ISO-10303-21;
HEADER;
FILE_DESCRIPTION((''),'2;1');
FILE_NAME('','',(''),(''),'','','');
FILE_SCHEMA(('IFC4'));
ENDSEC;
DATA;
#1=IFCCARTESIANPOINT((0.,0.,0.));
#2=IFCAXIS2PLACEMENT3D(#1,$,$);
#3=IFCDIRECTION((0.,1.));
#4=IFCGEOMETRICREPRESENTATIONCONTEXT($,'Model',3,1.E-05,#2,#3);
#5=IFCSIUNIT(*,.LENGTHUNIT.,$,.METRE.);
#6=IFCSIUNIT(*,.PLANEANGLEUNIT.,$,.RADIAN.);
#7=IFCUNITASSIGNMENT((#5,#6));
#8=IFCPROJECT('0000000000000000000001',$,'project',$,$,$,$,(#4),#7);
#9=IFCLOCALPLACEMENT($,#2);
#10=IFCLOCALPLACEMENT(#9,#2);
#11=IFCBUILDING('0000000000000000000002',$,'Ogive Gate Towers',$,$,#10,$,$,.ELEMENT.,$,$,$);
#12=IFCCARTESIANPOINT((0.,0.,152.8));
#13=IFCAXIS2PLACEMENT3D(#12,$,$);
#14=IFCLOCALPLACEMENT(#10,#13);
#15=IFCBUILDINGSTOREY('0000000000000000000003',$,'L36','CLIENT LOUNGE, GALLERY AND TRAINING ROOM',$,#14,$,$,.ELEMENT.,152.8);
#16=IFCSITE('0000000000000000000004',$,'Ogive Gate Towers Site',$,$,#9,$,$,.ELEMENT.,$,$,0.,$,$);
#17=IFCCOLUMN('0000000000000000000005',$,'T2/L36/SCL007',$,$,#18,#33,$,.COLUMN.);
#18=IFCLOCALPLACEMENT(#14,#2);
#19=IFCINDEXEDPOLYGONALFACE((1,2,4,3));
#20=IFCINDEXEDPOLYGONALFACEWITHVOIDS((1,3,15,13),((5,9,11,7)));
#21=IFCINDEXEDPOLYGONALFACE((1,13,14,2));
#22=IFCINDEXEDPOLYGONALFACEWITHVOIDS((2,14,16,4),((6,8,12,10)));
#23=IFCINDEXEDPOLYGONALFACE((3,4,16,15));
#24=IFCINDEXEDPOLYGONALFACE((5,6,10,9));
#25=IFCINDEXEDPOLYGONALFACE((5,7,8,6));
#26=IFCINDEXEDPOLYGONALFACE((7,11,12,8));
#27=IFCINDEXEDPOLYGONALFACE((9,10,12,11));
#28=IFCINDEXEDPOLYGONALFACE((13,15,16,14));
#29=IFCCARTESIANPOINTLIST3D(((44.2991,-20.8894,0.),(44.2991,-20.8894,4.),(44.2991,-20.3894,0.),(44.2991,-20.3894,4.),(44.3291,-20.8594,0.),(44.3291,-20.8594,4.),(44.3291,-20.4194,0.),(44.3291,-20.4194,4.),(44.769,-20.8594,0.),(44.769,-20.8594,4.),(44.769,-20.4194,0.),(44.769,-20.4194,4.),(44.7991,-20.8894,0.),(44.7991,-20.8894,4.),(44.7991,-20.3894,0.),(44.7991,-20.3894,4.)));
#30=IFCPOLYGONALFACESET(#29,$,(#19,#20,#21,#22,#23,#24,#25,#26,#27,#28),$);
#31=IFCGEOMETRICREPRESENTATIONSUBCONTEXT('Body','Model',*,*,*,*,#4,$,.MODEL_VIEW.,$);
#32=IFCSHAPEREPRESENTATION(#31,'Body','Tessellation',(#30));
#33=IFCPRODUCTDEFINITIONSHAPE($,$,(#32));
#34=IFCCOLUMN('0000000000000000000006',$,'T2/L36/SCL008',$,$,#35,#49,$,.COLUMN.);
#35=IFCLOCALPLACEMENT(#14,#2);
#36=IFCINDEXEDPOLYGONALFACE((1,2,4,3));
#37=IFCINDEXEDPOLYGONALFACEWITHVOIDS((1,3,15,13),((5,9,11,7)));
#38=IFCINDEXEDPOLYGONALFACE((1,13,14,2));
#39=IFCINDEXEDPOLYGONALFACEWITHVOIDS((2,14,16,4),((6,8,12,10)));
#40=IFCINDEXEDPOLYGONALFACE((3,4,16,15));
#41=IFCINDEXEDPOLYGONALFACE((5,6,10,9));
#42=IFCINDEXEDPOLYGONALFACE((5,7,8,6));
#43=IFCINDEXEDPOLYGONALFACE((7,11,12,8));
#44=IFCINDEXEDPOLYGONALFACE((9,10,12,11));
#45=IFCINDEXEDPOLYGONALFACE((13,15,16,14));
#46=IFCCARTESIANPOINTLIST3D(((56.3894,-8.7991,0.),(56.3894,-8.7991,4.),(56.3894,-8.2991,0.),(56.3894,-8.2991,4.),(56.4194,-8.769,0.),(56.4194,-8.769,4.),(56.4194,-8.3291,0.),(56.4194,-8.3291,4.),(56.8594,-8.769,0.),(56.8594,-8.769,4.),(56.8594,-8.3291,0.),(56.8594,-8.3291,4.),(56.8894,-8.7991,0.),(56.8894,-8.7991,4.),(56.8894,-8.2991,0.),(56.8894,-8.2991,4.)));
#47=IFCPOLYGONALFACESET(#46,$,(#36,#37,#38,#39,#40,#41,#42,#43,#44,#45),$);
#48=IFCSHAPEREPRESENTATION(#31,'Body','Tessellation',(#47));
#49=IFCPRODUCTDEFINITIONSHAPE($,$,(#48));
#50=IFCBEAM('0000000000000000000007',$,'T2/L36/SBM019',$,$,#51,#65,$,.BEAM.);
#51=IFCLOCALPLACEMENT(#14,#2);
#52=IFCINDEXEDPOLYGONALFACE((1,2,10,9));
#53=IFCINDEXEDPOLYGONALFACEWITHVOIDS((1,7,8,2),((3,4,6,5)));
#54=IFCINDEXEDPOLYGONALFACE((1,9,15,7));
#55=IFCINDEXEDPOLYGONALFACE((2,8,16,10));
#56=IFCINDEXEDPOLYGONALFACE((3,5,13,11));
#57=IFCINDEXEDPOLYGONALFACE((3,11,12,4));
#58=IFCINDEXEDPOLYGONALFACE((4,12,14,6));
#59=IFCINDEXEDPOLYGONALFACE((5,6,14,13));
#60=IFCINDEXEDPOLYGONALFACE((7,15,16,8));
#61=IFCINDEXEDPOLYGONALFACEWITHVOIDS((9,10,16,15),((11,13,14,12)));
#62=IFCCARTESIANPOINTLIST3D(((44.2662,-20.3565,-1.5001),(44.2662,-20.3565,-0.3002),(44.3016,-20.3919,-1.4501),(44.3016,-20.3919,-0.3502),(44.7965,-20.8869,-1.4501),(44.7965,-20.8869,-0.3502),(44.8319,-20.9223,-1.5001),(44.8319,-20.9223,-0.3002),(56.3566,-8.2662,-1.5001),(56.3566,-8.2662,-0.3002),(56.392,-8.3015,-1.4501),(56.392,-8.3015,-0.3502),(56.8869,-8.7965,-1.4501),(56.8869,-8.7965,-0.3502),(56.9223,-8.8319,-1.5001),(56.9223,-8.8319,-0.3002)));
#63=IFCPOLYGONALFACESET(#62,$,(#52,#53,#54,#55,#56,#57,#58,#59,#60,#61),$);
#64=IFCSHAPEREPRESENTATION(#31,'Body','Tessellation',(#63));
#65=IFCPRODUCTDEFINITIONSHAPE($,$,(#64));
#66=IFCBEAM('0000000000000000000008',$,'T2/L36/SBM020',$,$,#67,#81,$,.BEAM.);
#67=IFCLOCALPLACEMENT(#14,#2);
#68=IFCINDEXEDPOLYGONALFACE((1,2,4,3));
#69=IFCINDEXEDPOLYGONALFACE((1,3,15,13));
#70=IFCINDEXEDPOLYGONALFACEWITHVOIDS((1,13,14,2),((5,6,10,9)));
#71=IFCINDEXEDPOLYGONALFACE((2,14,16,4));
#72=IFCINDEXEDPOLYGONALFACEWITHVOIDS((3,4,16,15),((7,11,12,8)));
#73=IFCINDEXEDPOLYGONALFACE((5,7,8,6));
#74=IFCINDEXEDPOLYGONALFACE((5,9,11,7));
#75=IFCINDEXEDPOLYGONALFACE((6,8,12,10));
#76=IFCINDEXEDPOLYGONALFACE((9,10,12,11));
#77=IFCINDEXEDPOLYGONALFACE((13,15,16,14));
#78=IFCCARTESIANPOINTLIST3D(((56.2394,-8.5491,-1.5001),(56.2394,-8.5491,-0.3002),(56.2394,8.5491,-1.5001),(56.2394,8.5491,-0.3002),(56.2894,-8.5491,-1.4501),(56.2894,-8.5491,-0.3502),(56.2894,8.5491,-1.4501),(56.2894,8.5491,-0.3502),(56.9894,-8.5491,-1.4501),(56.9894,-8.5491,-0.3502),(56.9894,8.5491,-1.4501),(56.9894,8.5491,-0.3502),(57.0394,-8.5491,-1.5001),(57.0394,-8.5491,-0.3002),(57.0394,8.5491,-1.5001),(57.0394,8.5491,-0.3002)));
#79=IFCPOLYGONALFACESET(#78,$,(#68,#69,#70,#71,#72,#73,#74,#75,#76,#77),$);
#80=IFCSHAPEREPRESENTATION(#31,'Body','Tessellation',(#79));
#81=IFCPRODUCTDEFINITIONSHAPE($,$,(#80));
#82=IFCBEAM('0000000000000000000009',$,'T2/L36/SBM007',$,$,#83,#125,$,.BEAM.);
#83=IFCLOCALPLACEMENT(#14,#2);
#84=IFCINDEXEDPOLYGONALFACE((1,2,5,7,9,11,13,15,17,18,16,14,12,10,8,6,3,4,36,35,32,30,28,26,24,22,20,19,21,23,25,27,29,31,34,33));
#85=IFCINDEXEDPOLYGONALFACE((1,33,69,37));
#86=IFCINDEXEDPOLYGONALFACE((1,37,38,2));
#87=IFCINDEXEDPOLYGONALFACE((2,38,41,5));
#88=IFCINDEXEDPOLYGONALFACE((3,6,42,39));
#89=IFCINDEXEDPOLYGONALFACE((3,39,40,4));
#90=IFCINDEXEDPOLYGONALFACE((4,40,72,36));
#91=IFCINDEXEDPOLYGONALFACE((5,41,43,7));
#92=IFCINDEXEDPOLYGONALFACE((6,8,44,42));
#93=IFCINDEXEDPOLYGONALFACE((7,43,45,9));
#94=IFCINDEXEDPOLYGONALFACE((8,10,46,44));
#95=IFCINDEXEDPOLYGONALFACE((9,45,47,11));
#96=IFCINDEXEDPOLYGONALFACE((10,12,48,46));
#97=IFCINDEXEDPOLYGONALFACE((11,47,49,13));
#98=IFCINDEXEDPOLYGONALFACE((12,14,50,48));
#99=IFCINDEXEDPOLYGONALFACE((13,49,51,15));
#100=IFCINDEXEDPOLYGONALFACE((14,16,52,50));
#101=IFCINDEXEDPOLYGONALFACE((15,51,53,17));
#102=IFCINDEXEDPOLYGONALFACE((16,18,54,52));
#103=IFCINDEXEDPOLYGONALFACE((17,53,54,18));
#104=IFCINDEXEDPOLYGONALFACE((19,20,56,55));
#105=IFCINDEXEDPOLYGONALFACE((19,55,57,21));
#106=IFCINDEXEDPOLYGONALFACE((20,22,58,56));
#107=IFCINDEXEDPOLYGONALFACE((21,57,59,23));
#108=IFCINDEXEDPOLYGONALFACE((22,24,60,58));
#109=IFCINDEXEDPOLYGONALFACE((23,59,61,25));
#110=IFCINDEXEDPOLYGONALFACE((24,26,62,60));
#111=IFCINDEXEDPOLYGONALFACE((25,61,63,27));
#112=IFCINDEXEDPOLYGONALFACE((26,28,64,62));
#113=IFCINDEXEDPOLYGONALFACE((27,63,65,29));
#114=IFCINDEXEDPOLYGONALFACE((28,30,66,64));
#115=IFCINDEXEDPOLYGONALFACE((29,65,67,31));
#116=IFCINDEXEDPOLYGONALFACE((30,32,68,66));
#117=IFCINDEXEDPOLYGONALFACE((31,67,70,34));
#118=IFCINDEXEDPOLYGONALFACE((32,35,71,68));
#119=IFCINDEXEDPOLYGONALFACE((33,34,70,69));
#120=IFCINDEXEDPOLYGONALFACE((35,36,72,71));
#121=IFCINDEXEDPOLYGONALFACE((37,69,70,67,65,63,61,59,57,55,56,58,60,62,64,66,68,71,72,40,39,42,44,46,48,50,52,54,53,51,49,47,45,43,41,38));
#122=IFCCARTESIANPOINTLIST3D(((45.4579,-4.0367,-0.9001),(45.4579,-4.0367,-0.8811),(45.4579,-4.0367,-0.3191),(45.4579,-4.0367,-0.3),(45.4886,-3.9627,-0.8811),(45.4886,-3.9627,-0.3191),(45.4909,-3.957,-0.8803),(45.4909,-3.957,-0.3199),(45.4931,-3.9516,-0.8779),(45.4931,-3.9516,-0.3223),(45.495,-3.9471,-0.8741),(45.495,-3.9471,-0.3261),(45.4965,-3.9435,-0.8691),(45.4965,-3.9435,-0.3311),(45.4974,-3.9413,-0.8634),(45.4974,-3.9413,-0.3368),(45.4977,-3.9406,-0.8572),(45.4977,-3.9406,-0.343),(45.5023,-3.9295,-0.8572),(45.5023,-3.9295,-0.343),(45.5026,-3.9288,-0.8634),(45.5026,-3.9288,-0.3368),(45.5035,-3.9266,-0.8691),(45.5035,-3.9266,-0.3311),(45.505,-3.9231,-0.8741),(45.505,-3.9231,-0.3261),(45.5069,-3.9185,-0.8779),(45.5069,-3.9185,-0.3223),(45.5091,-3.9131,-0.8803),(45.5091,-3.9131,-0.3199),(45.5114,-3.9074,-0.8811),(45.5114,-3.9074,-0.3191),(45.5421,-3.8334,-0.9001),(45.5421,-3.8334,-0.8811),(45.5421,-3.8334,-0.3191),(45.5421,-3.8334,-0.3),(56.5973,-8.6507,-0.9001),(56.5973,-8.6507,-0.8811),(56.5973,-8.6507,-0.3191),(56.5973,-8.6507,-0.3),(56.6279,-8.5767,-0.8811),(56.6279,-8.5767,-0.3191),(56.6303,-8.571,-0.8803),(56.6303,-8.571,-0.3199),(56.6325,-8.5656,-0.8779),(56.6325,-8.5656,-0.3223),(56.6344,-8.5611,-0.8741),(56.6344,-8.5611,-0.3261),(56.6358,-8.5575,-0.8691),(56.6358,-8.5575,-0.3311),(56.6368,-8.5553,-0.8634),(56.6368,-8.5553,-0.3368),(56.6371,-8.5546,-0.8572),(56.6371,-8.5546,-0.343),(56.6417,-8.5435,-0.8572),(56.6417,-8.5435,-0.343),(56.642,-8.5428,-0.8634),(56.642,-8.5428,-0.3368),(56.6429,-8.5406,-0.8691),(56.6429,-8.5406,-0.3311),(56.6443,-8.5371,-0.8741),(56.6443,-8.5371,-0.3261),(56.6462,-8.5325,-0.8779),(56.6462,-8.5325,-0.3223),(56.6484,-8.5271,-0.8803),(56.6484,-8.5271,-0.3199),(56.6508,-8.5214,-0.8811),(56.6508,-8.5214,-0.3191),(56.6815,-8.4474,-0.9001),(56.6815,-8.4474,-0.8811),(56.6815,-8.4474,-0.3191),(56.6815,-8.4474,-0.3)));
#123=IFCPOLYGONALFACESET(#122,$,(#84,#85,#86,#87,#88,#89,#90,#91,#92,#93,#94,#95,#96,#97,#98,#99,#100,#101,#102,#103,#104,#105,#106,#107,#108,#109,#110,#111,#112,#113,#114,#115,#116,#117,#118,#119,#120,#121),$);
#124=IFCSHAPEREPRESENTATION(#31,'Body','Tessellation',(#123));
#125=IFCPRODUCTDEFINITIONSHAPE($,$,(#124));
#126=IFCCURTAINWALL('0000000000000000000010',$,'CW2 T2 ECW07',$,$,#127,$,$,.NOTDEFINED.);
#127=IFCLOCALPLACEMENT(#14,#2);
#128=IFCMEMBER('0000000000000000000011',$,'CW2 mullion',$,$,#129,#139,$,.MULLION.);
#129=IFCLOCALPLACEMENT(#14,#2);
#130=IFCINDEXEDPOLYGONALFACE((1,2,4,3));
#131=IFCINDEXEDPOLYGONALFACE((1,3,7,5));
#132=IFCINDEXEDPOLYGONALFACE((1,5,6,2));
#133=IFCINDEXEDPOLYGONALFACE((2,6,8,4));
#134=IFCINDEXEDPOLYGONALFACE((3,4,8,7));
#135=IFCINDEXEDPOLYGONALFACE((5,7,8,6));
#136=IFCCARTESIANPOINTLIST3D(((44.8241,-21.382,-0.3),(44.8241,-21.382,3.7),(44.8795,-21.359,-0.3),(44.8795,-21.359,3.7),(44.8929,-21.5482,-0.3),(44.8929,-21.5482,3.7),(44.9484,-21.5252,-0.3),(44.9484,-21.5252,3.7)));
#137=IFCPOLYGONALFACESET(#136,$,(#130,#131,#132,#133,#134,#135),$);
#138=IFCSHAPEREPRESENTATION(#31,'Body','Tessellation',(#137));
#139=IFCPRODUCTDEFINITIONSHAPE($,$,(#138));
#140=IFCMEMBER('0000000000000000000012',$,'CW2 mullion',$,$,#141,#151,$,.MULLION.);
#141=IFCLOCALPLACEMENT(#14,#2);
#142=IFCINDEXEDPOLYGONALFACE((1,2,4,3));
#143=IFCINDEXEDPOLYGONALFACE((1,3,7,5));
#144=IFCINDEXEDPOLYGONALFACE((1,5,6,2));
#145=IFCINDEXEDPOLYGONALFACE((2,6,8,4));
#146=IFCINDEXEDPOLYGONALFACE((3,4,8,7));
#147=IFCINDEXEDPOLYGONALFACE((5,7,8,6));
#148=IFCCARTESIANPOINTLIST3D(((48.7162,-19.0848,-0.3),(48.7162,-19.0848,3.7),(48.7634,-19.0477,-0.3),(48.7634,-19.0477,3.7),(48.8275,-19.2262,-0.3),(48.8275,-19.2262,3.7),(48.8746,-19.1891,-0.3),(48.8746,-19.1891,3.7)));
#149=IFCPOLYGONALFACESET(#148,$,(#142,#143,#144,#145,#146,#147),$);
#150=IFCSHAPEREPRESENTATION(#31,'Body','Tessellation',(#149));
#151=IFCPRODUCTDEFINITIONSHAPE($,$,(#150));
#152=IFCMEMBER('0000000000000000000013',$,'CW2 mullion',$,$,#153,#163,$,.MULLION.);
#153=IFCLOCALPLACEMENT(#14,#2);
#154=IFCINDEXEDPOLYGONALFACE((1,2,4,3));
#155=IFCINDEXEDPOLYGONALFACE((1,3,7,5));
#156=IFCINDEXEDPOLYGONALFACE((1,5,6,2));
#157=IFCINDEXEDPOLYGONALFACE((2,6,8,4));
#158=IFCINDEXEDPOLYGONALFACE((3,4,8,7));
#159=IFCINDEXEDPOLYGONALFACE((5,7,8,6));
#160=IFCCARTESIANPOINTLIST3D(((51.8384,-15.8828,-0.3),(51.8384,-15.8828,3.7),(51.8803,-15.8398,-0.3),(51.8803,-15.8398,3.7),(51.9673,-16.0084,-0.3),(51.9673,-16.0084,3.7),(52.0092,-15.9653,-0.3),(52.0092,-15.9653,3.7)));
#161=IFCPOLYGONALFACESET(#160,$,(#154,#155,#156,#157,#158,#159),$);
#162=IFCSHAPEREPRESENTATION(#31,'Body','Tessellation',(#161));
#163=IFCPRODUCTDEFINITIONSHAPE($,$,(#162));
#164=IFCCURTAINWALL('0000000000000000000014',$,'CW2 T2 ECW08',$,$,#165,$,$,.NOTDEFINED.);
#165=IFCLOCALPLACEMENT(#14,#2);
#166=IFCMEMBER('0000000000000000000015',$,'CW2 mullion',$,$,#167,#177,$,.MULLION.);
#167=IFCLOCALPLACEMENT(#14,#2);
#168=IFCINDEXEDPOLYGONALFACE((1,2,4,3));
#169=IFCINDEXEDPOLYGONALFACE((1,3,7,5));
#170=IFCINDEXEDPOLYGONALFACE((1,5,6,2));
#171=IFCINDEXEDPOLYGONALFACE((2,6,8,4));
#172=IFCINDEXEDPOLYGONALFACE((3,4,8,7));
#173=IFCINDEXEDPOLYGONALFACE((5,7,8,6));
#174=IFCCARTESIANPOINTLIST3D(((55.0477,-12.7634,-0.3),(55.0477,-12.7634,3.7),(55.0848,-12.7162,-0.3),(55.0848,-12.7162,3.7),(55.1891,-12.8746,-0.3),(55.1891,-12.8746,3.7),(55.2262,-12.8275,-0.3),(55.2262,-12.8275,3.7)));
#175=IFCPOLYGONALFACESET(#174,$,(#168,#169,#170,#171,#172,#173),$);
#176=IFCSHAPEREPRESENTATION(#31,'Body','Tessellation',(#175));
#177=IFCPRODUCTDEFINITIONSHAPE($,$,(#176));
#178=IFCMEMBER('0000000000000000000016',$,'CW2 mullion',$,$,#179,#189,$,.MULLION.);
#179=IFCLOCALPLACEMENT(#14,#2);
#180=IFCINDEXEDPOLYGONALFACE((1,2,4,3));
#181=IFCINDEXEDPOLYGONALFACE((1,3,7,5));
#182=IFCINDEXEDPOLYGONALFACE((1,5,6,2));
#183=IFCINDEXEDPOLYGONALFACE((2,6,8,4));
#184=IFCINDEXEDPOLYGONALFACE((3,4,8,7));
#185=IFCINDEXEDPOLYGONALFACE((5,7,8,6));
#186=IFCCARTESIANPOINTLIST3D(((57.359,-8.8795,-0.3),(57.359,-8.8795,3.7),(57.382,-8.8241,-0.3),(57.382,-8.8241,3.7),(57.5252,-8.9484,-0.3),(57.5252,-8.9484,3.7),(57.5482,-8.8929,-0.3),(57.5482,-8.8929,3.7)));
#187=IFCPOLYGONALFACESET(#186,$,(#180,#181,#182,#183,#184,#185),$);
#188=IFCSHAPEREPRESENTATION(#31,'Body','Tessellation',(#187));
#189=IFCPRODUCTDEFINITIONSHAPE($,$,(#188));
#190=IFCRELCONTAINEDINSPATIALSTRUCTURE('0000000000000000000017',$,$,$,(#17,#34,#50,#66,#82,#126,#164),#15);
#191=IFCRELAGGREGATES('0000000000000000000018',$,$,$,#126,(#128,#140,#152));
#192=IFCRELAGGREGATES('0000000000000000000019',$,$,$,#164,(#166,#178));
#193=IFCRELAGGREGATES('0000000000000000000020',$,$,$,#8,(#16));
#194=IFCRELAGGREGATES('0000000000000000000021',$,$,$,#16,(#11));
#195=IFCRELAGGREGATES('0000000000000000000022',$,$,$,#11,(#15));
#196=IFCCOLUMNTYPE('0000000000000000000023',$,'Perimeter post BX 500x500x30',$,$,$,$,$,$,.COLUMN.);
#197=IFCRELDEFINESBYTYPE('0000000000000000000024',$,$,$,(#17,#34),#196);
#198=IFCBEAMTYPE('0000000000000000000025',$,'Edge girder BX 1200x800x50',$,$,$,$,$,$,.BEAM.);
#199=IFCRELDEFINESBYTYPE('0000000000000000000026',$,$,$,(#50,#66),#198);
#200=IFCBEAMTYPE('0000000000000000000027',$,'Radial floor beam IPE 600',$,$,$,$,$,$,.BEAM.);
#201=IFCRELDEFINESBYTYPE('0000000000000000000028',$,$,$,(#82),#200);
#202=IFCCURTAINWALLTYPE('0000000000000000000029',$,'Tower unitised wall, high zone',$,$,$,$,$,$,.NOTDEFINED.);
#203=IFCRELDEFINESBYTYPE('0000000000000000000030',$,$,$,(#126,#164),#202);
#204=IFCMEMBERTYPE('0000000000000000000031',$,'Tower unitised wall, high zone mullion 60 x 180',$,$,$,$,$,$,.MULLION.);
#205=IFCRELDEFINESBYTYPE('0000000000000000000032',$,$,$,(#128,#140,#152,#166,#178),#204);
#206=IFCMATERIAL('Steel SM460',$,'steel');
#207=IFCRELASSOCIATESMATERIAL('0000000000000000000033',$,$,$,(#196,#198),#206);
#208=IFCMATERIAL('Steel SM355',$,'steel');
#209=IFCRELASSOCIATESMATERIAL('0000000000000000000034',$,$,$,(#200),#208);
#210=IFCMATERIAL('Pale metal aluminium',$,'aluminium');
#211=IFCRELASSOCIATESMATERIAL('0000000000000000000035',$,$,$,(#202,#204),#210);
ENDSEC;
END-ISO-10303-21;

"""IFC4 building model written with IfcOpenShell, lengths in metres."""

from ifc_helpers import new_model, si_unit, direction, frame, origin, origin_2d, place, context, subcontext, project, spatial, rectangle, hollow_rectangle, i_section, extrude, material, material_profile, profile_set, type_object, element, aggregate, save


model = new_model("IFC4")

# Units and contexts
model_context = context("Model", 3, precision=1e-05, world=origin(), true_north=direction((0.0, 1.0)))
body_context = subcontext(model_context, "Body", "Model", "MODEL_VIEW")
ifc_project = project(units=[si_unit("LENGTHUNIT", "METRE"), si_unit("PLANEANGLEUNIT", "RADIAN")], contexts=[model_context])

# Site, building, storey
site_placement = place(None, origin())
site = spatial("IfcSite", under=ifc_project, at=site_placement, Name="Ogive Gate Towers Site", CompositionType="ELEMENT", RefElevation=0.0)
building_placement = place(site_placement, origin())
building = spatial("IfcBuilding", under=site, at=building_placement, Name="Ogive Gate Towers", CompositionType="ELEMENT")
storey_placement = place(building_placement, frame((0.0, 0.0, 152.8)))
storey = spatial("IfcBuildingStorey", under=building, at=storey_placement, Name="L36", Description="CLIENT LOUNGE, GALLERY AND TRAINING ROOM", CompositionType="ELEMENT", Elevation=152.8)

# Columns
ifc_material_1 = material(Name="Steel SM460", Category="steel")
ifc_material_profile_1 = material_profile(ifc_material_1, hollow_rectangle(XDim=0.5, YDim=0.5, WallThickness=0.03, at=origin_2d()), Name="BX 500x500x30")
ifc_profile_set_1 = profile_set([ifc_material_profile_1], Name="Steel SM460")
column_type = type_object("IfcColumnType", Name="Perimeter post BX 500x500x30", PredefinedType="COLUMN", material=ifc_profile_set_1)
for number, where, z_axis, x_axis, name in (
    (1, (44.5491, -20.6394, 0.0), (0.0, 0.0, 1.0), (1.0, 0.0, 0.0), "T2/L36/SCL007"),
    (2, (56.6394, -8.5491, 0.0), (0.0, 0.0, 1.0), (1.0, 0.0, 0.0), "T2/L36/SCL008"),
):
    element("IfcColumn", number, at=place(storey_placement, frame(where, z_axis=z_axis, x_axis=x_axis)), inside=storey, type_object=column_type, Name=name, PredefinedType="COLUMN", context=body_context, shape_type="SweptSolid", body=[
        extrude(hollow_rectangle(XDim=0.5, YDim=0.5, WallThickness=0.03, at=origin_2d()), origin(), (0.0, 0.0, 1.0), 4.0),
    ])

# Beams
ifc_material_profile_2 = material_profile(ifc_material_1, hollow_rectangle(XDim=0.8, YDim=1.2, WallThickness=0.05, at=origin_2d()), Name="BX 1200x800x50")
ifc_profile_set_2 = profile_set([ifc_material_profile_2], Name="Steel SM460")
beam_type_1 = type_object("IfcBeamType", Name="Edge girder BX 1200x800x50", PredefinedType="BEAM", material=ifc_profile_set_2)
beam_1_placement = place(storey_placement, frame((44.5491, -20.6394, -0.9001), z_axis=(0.707107, 0.707107, 0.0), x_axis=(-0.707107, 0.707107, 0.0)))
element("IfcBeam", 3, at=beam_1_placement, inside=storey, type_object=beam_type_1, Name="T2/L36/SBM019", PredefinedType="BEAM", context=body_context, shape_type="SweptSolid", body=[
    extrude(hollow_rectangle(XDim=0.8, YDim=1.2, WallThickness=0.05, at=origin_2d()), origin(), (0.0, 0.0, 1.0), 17.0984),
])
beam_2_placement = place(storey_placement, frame((56.6394, -8.5491, -0.9001), z_axis=(0.0, 1.0, 0.0), x_axis=(-1.0, 0.0, 0.0)))
element("IfcBeam", 4, at=beam_2_placement, inside=storey, type_object=beam_type_1, Name="T2/L36/SBM020", PredefinedType="BEAM", context=body_context, shape_type="SweptSolid", body=[
    extrude(hollow_rectangle(XDim=0.8, YDim=1.2, WallThickness=0.05, at=origin_2d()), origin(), (0.0, 0.0, 1.0), 17.0981),
])
ifc_material_2 = material(Name="Steel SM355", Category="steel")
ifc_material_profile_3 = material_profile(ifc_material_2, i_section(OverallWidth=0.22, OverallDepth=0.6001, WebThickness=0.012, FlangeThickness=0.019, FilletRadius=0.0239, at=origin_2d()), Name="IPE 600")
ifc_profile_set_3 = profile_set([ifc_material_profile_3], Name="Steel SM355")
beam_type_2 = type_object("IfcBeamType", Name="Radial floor beam IPE 600", PredefinedType="BEAM", material=ifc_profile_set_3)
beam_3_placement = place(storey_placement, frame((45.5, -3.9351, -0.6001), z_axis=(0.923882, -0.382678, 0.0), x_axis=(0.382678, 0.923882, 0.0)))
element("IfcBeam", 5, at=beam_3_placement, inside=storey, type_object=beam_type_2, Name="T2/L36/SBM007", PredefinedType="BEAM", context=body_context, shape_type="SweptSolid", body=[
    extrude(i_section(OverallWidth=0.22, OverallDepth=0.6001, WebThickness=0.012, FlangeThickness=0.019, FilletRadius=0.0239, at=origin_2d()), origin(), (0.0, 0.0, 1.0), 12.0571),
])

# Curtain walls, members
ifc_material_3 = material(Name="Pale metal aluminium", Category="aluminium")
curtain_wall_type = type_object("IfcCurtainWallType", Name="Tower unitised wall, high zone", PredefinedType="NOTDEFINED", material=ifc_material_3)
curtain_wall_1_placement = place(storey_placement, origin())
curtain_wall_1 = element("IfcCurtainWall", 6, at=curtain_wall_1_placement, inside=storey, type_object=curtain_wall_type, Name="CW2 T2 ECW07", PredefinedType="NOTDEFINED")
ifc_material_profile_4 = material_profile(ifc_material_3, rectangle(XDim=0.1799, YDim=0.0601, at=origin_2d()), Name="60 x 180 aluminium box")
ifc_profile_set_4 = profile_set([ifc_material_profile_4], Name="Pale metal aluminium")
member_type_1 = type_object("IfcMemberType", Name="Tower unitised wall, high zone mullion 60 x 180", PredefinedType="MULLION", material=ifc_profile_set_4)
member_1_placement = place(storey_placement, frame((44.8862, -21.4536, -0.3), z_axis=(0.0, 0.0, 1.0), x_axis=(0.382683, -0.92388, 0.0)))
member_1 = element("IfcMember", 7, at=member_1_placement, type_object=member_type_1, Name="CW2 mullion", PredefinedType="MULLION", context=body_context, shape_type="SweptSolid", body=[
    extrude(rectangle(XDim=0.1799, YDim=0.0601, at=origin_2d()), origin(), (0.0, 0.0, 1.0), 4.0),
])
member_2_placement = place(storey_placement, frame((48.7954, -19.137, -0.3), z_axis=(0.0, 0.0, 1.0), x_axis=(0.618477, -0.785803, 0.0)))
member_2 = element("IfcMember", 8, at=member_2_placement, type_object=member_type_1, Name="CW2 mullion", PredefinedType="MULLION", context=body_context, shape_type="SweptSolid", body=[
    extrude(rectangle(XDim=0.1799, YDim=0.0601, at=origin_2d()), origin(), (0.0, 0.0, 1.0), 4.0),
])
member_3_placement = place(storey_placement, frame((51.9238, -15.9241, -0.3), z_axis=(0.0, 0.0, 1.0), x_axis=(0.716436, -0.697653, 0.0)))
member_3 = element("IfcMember", 9, at=member_3_placement, type_object=member_type_1, Name="CW2 mullion", PredefinedType="MULLION", context=body_context, shape_type="SweptSolid", body=[
    extrude(rectangle(XDim=0.1799, YDim=0.0601, at=origin_2d()), origin(), (0.0, 0.0, 1.0), 4.0),
])
curtain_wall_2_placement = place(storey_placement, origin())
curtain_wall_2 = element("IfcCurtainWall", 10, at=curtain_wall_2_placement, inside=storey, type_object=curtain_wall_type, Name="CW2 T2 ECW08", PredefinedType="NOTDEFINED")
member_4_placement = place(storey_placement, frame((55.137, -12.7954, -0.3), z_axis=(0.0, 0.0, 1.0), x_axis=(0.785803, -0.618477, 0.0)))
member_4 = element("IfcMember", 11, at=member_4_placement, type_object=member_type_1, Name="CW2 mullion", PredefinedType="MULLION", context=body_context, shape_type="SweptSolid", body=[
    extrude(rectangle(XDim=0.1799, YDim=0.0601, at=origin_2d()), origin(), (0.0, 0.0, 1.0), 4.0),
])
member_5_placement = place(storey_placement, frame((57.4536, -8.8862, -0.3), z_axis=(0.0, 0.0, 1.0), x_axis=(0.92388, -0.382683, 0.0)))
member_5 = element("IfcMember", 12, at=member_5_placement, type_object=member_type_1, Name="CW2 mullion", PredefinedType="MULLION", context=body_context, shape_type="SweptSolid", body=[
    extrude(rectangle(XDim=0.1799, YDim=0.0601, at=origin_2d()), origin(), (0.0, 0.0, 1.0), 4.0),
])

aggregate(curtain_wall_1, [member_1, member_2, member_3])
aggregate(curtain_wall_2, [member_4, member_5])

save(model, "model.ifc")
